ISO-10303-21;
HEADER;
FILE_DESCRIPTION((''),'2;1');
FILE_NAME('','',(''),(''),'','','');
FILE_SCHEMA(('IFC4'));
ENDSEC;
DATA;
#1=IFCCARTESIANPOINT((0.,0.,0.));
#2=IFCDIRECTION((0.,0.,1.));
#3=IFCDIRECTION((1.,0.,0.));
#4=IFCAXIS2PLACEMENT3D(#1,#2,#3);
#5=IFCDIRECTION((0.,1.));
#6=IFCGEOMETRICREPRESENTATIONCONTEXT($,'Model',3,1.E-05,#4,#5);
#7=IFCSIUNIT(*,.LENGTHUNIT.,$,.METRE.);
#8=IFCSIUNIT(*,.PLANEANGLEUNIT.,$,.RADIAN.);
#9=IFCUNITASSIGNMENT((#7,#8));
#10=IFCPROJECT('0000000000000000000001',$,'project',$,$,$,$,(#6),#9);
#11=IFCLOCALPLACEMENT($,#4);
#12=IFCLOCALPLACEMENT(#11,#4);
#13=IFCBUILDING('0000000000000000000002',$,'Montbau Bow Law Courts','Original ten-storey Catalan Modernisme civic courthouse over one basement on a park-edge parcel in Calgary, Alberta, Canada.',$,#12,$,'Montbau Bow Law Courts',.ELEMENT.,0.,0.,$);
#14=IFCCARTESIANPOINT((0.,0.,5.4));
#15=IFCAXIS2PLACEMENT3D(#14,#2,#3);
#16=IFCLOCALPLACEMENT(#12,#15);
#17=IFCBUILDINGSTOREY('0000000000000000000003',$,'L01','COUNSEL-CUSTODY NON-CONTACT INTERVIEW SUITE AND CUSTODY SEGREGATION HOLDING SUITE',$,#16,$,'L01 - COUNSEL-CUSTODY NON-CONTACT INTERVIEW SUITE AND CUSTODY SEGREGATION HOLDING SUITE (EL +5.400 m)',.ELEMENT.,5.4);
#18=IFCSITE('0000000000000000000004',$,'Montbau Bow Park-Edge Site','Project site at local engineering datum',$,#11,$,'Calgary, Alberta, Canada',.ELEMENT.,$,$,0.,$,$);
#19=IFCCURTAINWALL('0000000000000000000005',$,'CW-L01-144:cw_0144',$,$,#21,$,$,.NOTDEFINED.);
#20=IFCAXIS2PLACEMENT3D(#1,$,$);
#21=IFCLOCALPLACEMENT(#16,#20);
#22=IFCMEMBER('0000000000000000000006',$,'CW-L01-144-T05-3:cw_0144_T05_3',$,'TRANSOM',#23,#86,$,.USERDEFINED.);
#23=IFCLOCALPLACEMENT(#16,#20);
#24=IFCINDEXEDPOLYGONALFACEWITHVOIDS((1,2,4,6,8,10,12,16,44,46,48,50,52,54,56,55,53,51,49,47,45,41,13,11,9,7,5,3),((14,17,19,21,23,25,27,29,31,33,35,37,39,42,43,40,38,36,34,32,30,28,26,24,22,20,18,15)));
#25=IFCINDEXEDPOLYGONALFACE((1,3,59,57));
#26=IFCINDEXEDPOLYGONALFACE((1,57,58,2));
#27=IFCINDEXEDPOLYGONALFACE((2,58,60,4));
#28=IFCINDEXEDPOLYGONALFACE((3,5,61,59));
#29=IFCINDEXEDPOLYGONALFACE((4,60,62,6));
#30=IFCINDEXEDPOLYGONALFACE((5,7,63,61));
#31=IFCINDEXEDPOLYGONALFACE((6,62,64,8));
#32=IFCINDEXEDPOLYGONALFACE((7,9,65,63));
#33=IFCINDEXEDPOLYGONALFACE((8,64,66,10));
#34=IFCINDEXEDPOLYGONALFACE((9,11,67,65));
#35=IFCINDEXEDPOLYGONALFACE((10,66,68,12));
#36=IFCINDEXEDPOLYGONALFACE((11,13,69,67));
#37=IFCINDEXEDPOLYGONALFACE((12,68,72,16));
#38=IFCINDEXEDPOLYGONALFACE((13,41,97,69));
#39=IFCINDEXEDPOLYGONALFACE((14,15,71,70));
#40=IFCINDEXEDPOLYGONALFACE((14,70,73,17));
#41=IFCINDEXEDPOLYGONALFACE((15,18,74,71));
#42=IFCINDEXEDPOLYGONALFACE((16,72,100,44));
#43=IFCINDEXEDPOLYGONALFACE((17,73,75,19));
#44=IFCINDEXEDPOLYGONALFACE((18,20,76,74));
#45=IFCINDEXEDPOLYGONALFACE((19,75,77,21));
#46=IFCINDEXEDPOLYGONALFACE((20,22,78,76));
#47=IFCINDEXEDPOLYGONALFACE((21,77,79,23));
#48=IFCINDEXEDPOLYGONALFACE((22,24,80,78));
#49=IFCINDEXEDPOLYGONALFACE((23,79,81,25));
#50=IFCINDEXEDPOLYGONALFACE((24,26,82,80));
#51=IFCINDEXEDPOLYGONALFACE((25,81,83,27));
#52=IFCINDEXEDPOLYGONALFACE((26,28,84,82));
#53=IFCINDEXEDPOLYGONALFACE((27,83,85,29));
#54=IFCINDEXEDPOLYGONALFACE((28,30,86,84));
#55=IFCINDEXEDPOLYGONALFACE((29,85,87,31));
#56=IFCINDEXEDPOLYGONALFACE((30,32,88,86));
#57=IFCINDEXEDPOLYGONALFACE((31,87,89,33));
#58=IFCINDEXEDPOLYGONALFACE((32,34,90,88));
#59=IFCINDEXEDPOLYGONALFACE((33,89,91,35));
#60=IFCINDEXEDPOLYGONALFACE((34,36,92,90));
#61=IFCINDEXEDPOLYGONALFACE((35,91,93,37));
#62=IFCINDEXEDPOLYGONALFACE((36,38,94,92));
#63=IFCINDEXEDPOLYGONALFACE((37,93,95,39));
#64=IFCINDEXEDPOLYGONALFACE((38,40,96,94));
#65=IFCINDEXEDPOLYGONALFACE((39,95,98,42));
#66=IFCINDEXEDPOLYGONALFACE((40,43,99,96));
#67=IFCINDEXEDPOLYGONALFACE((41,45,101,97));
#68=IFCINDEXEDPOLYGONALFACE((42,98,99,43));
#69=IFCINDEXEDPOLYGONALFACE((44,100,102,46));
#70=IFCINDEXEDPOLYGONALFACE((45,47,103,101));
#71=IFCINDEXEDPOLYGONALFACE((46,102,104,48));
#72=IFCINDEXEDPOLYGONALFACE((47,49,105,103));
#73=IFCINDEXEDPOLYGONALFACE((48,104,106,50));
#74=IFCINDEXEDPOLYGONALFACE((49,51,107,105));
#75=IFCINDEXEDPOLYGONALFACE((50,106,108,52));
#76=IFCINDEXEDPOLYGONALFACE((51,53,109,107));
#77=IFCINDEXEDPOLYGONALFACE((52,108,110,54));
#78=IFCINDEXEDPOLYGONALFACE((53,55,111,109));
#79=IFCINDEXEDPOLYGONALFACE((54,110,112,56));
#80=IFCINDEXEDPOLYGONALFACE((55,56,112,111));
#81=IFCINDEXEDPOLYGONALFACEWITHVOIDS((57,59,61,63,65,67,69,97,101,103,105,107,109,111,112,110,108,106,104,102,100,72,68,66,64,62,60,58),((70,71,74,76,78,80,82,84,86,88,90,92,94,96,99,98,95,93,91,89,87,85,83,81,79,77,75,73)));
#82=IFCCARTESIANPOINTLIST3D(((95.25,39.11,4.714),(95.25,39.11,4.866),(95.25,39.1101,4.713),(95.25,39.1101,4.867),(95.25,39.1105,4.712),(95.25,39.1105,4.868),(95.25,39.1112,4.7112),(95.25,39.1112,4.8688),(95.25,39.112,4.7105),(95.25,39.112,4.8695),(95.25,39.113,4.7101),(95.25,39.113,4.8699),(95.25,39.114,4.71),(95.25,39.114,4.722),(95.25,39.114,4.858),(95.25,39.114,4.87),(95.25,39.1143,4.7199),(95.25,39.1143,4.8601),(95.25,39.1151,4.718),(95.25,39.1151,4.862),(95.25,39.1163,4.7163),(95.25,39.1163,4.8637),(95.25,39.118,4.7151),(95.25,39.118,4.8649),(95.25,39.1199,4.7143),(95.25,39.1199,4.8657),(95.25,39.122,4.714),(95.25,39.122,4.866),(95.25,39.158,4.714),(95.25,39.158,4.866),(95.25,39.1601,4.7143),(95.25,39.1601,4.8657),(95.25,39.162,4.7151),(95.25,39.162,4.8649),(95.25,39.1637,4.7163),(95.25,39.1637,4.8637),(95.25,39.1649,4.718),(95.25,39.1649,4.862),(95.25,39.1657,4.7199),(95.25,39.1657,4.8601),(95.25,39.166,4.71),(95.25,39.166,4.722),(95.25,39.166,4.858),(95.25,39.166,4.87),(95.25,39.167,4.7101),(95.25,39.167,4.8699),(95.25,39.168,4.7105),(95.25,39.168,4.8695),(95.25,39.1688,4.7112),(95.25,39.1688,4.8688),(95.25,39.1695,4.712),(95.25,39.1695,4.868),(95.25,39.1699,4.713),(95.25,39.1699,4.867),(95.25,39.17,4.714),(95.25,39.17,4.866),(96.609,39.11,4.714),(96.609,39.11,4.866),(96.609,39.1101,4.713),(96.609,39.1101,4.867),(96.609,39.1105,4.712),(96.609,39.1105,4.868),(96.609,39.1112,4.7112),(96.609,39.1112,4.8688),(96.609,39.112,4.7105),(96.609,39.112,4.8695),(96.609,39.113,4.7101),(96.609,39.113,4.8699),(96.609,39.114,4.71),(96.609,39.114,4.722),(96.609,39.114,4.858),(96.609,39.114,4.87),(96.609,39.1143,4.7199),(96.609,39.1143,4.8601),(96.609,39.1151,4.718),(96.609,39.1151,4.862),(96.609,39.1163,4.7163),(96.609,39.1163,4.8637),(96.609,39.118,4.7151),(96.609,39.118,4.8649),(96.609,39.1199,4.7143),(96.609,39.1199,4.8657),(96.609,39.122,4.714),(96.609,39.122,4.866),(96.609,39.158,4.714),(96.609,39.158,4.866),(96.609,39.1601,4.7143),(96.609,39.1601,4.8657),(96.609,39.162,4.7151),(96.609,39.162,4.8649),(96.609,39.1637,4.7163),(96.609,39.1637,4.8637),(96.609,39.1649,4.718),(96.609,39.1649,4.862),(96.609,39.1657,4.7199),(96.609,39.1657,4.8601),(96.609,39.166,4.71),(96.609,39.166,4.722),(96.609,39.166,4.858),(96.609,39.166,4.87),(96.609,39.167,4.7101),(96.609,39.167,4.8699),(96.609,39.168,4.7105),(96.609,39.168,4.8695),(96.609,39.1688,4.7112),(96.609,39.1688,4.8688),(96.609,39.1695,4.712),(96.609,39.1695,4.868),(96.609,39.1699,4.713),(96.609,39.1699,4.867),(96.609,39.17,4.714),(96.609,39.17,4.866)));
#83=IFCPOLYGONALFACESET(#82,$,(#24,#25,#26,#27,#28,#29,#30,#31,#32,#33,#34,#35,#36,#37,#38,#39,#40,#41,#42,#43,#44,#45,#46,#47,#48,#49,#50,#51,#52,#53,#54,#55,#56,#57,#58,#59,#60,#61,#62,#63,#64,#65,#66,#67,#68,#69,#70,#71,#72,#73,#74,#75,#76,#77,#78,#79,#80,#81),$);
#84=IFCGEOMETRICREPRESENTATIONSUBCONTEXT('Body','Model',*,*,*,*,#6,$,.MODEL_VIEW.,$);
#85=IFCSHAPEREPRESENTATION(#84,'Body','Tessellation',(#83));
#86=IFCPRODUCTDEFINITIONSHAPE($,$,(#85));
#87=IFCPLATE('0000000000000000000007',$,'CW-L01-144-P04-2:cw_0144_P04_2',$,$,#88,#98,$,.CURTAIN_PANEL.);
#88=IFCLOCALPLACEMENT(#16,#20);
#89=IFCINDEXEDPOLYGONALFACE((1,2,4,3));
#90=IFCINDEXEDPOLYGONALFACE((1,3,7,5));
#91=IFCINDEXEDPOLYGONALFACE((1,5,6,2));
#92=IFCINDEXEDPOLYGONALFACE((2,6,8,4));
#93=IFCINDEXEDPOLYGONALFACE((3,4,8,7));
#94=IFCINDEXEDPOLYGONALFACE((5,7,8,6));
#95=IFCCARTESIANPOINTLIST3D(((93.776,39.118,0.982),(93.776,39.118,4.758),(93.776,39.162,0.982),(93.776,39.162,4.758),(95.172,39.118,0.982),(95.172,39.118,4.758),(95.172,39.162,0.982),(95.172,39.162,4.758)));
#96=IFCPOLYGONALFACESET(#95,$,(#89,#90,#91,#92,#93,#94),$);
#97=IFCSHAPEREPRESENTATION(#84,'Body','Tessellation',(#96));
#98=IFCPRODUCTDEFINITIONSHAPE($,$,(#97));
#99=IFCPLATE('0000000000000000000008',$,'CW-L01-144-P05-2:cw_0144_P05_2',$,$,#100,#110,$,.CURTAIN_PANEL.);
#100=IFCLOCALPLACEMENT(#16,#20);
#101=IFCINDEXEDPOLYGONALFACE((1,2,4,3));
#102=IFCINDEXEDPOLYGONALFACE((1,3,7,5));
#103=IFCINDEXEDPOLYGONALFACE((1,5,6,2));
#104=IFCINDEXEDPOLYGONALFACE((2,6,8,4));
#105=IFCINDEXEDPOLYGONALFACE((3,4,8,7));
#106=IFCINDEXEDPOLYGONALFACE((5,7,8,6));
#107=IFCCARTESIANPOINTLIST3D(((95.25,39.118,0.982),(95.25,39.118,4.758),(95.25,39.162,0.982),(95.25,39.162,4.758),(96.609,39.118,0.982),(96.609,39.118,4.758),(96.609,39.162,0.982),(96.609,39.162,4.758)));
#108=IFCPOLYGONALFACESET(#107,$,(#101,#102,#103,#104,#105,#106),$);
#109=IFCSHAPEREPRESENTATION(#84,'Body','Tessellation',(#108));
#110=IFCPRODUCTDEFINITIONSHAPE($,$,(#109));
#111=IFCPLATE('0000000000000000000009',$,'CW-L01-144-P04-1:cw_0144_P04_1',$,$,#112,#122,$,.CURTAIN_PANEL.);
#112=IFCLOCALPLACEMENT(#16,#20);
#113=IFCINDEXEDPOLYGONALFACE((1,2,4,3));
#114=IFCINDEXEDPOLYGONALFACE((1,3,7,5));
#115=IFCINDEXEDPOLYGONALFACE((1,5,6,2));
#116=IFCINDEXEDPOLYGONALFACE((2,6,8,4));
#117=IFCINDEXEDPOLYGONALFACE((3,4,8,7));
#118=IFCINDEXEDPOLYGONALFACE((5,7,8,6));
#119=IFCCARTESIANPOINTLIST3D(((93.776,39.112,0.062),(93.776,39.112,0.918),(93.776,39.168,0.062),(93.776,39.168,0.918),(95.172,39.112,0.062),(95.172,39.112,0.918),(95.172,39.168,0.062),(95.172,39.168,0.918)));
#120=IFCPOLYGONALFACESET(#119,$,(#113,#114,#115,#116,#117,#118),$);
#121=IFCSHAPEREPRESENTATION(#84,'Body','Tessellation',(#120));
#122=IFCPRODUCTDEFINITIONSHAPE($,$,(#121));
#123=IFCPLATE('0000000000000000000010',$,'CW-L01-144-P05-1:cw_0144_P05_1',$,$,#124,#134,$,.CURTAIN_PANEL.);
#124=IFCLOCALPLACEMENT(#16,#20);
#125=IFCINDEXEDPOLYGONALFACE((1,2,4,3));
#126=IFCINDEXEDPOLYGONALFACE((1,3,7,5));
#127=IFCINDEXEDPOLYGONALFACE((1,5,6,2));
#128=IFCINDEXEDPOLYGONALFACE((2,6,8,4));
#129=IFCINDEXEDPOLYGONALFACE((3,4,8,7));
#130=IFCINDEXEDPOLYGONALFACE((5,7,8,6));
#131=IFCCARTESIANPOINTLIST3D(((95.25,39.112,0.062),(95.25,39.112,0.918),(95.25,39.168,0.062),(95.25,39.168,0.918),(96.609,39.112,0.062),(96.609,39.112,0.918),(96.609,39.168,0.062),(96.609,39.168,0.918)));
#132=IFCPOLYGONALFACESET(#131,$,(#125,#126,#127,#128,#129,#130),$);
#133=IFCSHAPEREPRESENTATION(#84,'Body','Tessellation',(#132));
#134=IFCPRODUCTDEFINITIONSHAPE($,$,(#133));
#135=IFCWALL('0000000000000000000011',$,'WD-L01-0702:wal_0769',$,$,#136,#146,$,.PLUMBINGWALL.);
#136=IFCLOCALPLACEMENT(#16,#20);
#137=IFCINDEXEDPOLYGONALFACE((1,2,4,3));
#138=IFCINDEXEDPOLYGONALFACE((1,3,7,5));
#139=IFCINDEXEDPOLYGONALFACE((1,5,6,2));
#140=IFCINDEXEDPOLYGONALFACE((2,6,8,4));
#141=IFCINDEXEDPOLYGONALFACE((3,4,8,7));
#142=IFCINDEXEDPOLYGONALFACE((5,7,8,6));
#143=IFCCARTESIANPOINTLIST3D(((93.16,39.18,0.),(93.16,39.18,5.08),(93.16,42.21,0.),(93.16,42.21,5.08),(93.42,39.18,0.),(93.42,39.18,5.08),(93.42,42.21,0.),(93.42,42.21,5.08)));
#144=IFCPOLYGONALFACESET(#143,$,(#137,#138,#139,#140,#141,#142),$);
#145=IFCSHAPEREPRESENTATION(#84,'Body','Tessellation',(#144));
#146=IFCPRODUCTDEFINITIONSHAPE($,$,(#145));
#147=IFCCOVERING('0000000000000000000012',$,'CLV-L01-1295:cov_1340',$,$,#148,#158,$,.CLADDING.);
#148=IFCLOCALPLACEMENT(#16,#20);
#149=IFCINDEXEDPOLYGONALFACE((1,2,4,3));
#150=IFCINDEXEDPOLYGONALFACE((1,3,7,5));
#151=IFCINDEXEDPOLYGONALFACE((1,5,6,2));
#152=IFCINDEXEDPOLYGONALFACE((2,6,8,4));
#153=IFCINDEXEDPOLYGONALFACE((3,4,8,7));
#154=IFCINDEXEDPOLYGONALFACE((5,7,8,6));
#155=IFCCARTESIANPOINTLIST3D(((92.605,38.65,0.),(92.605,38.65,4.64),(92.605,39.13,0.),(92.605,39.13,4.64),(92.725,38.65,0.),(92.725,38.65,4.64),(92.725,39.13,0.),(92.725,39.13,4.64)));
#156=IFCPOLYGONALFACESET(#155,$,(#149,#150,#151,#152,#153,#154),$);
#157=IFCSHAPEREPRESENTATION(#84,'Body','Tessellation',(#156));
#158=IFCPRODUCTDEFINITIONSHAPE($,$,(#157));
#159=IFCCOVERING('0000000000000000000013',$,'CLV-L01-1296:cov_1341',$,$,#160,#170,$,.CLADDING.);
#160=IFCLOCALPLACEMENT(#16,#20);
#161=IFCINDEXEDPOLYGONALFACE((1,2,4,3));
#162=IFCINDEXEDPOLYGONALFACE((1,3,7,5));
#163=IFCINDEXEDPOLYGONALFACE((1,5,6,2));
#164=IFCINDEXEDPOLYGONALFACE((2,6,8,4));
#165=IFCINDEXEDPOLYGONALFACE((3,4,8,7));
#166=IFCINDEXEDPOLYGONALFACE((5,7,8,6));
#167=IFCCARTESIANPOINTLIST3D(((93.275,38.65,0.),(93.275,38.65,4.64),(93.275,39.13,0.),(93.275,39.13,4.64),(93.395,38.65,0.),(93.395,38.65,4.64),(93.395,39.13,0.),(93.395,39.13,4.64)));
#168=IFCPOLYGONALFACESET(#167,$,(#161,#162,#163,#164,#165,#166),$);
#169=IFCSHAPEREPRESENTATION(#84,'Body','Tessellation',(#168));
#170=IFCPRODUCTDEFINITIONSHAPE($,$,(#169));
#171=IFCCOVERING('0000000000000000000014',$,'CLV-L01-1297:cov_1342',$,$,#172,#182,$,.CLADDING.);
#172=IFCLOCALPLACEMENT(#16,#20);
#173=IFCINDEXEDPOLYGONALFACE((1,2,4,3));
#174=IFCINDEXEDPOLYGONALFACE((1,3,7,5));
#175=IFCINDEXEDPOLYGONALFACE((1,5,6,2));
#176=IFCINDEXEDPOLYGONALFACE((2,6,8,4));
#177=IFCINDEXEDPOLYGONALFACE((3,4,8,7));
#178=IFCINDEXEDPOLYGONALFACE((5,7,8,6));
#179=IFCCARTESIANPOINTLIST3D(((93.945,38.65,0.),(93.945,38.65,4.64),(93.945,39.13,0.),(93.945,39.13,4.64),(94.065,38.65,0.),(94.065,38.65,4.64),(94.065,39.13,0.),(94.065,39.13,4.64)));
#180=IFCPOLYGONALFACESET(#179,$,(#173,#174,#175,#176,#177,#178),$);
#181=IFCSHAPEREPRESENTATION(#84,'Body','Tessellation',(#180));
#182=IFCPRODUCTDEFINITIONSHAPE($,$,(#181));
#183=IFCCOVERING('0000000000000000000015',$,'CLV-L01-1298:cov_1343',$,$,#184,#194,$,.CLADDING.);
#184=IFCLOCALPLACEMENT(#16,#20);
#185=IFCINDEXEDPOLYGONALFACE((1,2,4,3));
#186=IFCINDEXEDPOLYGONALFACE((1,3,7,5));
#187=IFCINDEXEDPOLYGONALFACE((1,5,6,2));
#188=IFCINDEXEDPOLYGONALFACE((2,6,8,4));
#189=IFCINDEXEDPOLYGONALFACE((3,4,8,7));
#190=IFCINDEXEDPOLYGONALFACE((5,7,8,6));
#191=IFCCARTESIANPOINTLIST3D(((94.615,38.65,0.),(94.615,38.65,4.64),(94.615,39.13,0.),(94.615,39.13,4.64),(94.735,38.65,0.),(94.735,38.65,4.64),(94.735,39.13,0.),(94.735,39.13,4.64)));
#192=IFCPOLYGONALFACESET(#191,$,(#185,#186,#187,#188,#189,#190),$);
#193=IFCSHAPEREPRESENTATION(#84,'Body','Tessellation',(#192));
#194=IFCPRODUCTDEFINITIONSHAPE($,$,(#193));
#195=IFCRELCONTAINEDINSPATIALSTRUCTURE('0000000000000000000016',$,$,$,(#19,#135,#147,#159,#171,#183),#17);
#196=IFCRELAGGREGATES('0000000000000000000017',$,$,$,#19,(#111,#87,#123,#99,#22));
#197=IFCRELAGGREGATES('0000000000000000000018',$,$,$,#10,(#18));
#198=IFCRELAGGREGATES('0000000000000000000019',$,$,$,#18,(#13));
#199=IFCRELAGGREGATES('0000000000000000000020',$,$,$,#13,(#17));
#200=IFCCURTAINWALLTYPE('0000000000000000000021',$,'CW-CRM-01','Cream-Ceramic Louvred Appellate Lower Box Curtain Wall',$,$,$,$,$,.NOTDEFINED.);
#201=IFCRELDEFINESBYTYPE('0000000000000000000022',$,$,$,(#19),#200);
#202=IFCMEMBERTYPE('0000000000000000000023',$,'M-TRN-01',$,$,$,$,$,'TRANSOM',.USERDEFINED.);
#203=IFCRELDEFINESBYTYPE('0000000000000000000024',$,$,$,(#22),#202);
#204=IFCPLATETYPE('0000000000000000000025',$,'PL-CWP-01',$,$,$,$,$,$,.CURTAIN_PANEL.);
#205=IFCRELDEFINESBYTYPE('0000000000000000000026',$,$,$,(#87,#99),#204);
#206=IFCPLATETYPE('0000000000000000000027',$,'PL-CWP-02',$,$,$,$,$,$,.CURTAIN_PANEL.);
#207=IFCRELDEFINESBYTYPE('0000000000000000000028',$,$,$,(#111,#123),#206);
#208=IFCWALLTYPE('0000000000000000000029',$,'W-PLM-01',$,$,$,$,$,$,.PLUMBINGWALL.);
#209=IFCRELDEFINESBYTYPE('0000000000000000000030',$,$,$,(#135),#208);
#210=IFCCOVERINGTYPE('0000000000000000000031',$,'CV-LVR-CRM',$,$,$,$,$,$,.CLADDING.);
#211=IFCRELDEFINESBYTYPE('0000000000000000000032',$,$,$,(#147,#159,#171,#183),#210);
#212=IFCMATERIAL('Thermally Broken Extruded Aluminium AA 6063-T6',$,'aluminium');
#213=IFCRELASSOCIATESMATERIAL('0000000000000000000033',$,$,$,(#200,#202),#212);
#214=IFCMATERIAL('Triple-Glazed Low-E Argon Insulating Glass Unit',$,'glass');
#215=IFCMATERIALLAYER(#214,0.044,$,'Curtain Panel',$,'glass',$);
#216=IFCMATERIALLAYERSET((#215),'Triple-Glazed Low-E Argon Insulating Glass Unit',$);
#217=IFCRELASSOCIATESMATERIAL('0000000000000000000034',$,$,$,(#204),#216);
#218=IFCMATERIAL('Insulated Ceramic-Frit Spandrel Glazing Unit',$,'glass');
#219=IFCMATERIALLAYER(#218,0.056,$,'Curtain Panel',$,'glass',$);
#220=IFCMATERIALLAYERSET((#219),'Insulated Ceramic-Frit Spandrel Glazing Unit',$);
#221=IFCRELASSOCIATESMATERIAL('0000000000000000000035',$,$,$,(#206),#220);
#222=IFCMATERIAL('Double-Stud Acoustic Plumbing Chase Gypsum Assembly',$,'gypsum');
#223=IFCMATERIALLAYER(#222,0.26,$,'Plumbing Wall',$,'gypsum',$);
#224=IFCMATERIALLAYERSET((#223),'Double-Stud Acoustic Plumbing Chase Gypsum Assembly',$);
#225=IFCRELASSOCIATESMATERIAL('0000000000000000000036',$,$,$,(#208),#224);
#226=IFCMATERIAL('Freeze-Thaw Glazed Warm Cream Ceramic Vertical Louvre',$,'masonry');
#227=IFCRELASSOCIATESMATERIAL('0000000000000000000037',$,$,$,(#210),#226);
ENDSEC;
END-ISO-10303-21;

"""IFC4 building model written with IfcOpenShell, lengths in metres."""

from ifc_helpers import new_model, si_unit, direction, frame, frame_2d, origin_with_axes, origin_2d_with_axis, place, context, subcontext, project, spatial, rectangle, hollow_rectangle, extrude, material, layer, layer_set, material_profile, profile_set, type_object, element, aggregate, save


model = new_model("IFC4")

# Units and contexts
model_context = context("Model", 3, precision=1e-05, world=origin_with_axes(), true_north=direction((0.0, 1.0)))
body_context = subcontext(model_context, "Body", "Model", "MODEL_VIEW")
ifc_project = project(units=[si_unit("LENGTHUNIT", "METRE"), si_unit("PLANEANGLEUNIT", "RADIAN")], contexts=[model_context])

# Site, building, storey
site_placement = place(None, origin_with_axes())
site = spatial("IfcSite", under=ifc_project, at=site_placement, Name="Montbau Bow Park-Edge Site", Description="Project site at local engineering datum", LongName="Calgary, Alberta, Canada", CompositionType="ELEMENT", RefElevation=0.0)
building_placement = place(site_placement, origin_with_axes())
building = spatial("IfcBuilding", under=site, at=building_placement, Name="Montbau Bow Law Courts", Description="Original ten-storey Catalan Modernisme civic courthouse over one basement on a park-edge parcel in Calgary, Alberta, Canada.", LongName="Montbau Bow Law Courts", CompositionType="ELEMENT", ElevationOfRefHeight=0.0, ElevationOfTerrain=0.0)
storey_placement = place(building_placement, frame((0.0, 0.0, 5.4), z_axis=(0.0, 0.0, 1.0), x_axis=(1.0, 0.0, 0.0)))
storey = spatial("IfcBuildingStorey", under=building, at=storey_placement, Name="L01", Description="COUNSEL-CUSTODY NON-CONTACT INTERVIEW SUITE AND CUSTODY SEGREGATION HOLDING SUITE", LongName="L01 - COUNSEL-CUSTODY NON-CONTACT INTERVIEW SUITE AND CUSTODY SEGREGATION HOLDING SUITE (EL +5.400 m)", CompositionType="ELEMENT", Elevation=5.4)

# Curtain wall, member, plates
ifc_material_1 = material(Name="Thermally Broken Extruded Aluminium AA 6063-T6", Category="aluminium")
curtain_wall_type = type_object("IfcCurtainWallType", Name="CW-CRM-01", Description="Cream-Ceramic Louvred Appellate Lower Box Curtain Wall", PredefinedType="NOTDEFINED", material=ifc_material_1)
curtain_wall_placement = place(None, frame((89.315, 39.14, 5.4), z_axis=(0.0, 0.0, 1.0), x_axis=(1.0, 0.0, 0.0)))
curtain_wall = element("IfcCurtainWall", 1, at=curtain_wall_placement, inside=storey, type_object=curtain_wall_type, Name="CW-L01-144:cw_0144", PredefinedType="NOTDEFINED")
ifc_material_profile_1 = material_profile(ifc_material_1, hollow_rectangle(XDim=0.06, YDim=0.16, WallThickness=0.004, InnerFilletRadius=0.008, OuterFilletRadius=0.004, at=origin_2d_with_axis()), Name="CWT-160X60", Category="Main", Priority=0)
ifc_profile_set_1 = profile_set([ifc_material_profile_1], Name="Thermally Broken Extruded Aluminium AA 6063-T6")
member_type_1 = type_object("IfcMemberType", Name="M-TRN-01", ElementType="TRANSOM", PredefinedType="USERDEFINED", material=ifc_profile_set_1)
member_1_placement = place(None, frame((95.25, 39.14, 10.19), z_axis=(1.0, 0.0, 0.0), x_axis=(0.0, 1.0, 0.0)))
member_1 = element("IfcMember", 2, at=member_1_placement, type_object=member_type_1, Name="CW-L01-144-T05-3:cw_0144_T05_3", ObjectType="TRANSOM", PredefinedType="USERDEFINED", context=body_context, shape_type="SweptSolid", body=[
    extrude(hollow_rectangle(XDim=0.06, YDim=0.16, WallThickness=0.004, InnerFilletRadius=0.008, OuterFilletRadius=0.004, at=origin_2d_with_axis()), origin_with_axes(), (0.0, 0.0, 1.0), 1.359),
])
ifc_material_2 = material(Name="Triple-Glazed Low-E Argon Insulating Glass Unit", Category="glass")
ifc_layer_1 = layer(ifc_material_2, 0.044, Name="Curtain Panel", Category="glass")
ifc_layer_set_1 = layer_set([ifc_layer_1], Name="Triple-Glazed Low-E Argon Insulating Glass Unit")
plate_type_1 = type_object("IfcPlateType", Name="PL-CWP-01", PredefinedType="CURTAIN_PANEL", material=ifc_layer_set_1)
plate_1_placement = place(None, frame((93.776, 39.14, 6.382), z_axis=(0.0, -1.0, 0.0), x_axis=(1.0, 0.0, 0.0)))
plate_1 = element("IfcPlate", 3, at=plate_1_placement, type_object=plate_type_1, Name="CW-L01-144-P04-2:cw_0144_P04_2", PredefinedType="CURTAIN_PANEL", context=body_context, shape_type="SweptSolid", body=[
    extrude(rectangle(XDim=1.396, YDim=3.776, at=frame_2d((0.698, 1.888), x_axis=(1.0, 0.0))), frame((0.0, 0.0, -0.022), z_axis=(0.0, 0.0, 1.0), x_axis=(1.0, 0.0, 0.0)), (0.0, 0.0, 1.0), 0.044),
])
plate_2_placement = place(None, frame((95.25, 39.14, 6.382), z_axis=(0.0, -1.0, 0.0), x_axis=(1.0, 0.0, 0.0)))
plate_2 = element("IfcPlate", 4, at=plate_2_placement, type_object=plate_type_1, Name="CW-L01-144-P05-2:cw_0144_P05_2", PredefinedType="CURTAIN_PANEL", context=body_context, shape_type="SweptSolid", body=[
    extrude(rectangle(XDim=1.359, YDim=3.776, at=frame_2d((0.6795, 1.888), x_axis=(1.0, 0.0))), frame((0.0, 0.0, -0.022), z_axis=(0.0, 0.0, 1.0), x_axis=(1.0, 0.0, 0.0)), (0.0, 0.0, 1.0), 0.044),
])
ifc_material_3 = material(Name="Insulated Ceramic-Frit Spandrel Glazing Unit", Category="glass")
ifc_layer_2 = layer(ifc_material_3, 0.056, Name="Curtain Panel", Category="glass")
ifc_layer_set_2 = layer_set([ifc_layer_2], Name="Insulated Ceramic-Frit Spandrel Glazing Unit")
plate_type_2 = type_object("IfcPlateType", Name="PL-CWP-02", PredefinedType="CURTAIN_PANEL", material=ifc_layer_set_2)
plate_3_placement = place(None, frame((93.776, 39.14, 5.462), z_axis=(0.0, -1.0, 0.0), x_axis=(1.0, 0.0, 0.0)))
plate_3 = element("IfcPlate", 5, at=plate_3_placement, type_object=plate_type_2, Name="CW-L01-144-P04-1:cw_0144_P04_1", PredefinedType="CURTAIN_PANEL", context=body_context, shape_type="SweptSolid", body=[
    extrude(rectangle(XDim=1.396, YDim=0.856, at=frame_2d((0.698, 0.428), x_axis=(1.0, 0.0))), frame((0.0, 0.0, -0.028), z_axis=(0.0, 0.0, 1.0), x_axis=(1.0, 0.0, 0.0)), (0.0, 0.0, 1.0), 0.056),
])
plate_4_placement = place(None, frame((95.25, 39.14, 5.462), z_axis=(0.0, -1.0, 0.0), x_axis=(1.0, 0.0, 0.0)))
plate_4 = element("IfcPlate", 6, at=plate_4_placement, type_object=plate_type_2, Name="CW-L01-144-P05-1:cw_0144_P05_1", PredefinedType="CURTAIN_PANEL", context=body_context, shape_type="SweptSolid", body=[
    extrude(rectangle(XDim=1.359, YDim=0.856, at=frame_2d((0.6795, 0.428), x_axis=(1.0, 0.0))), frame((0.0, 0.0, -0.028), z_axis=(0.0, 0.0, 1.0), x_axis=(1.0, 0.0, 0.0)), (0.0, 0.0, 1.0), 0.056),
])
aggregate(curtain_wall, [plate_3, plate_1, plate_4, plate_2, member_1])

# Wall
ifc_material_4 = material(Name="Double-Stud Acoustic Plumbing Chase Gypsum Assembly", Category="gypsum")
ifc_layer_3 = layer(ifc_material_4, 0.26, Name="Plumbing Wall", Category="gypsum")
ifc_layer_set_3 = layer_set([ifc_layer_3], Name="Double-Stud Acoustic Plumbing Chase Gypsum Assembly")
wall_type = type_object("IfcWallType", Name="W-PLM-01", PredefinedType="PLUMBINGWALL", material=ifc_layer_set_3)
wall_placement = place(None, frame((93.29, 39.18, 5.4), z_axis=(0.0, 0.0, 1.0), x_axis=(0.0, 1.0, 0.0)))
element("IfcWall", 7, at=wall_placement, inside=storey, type_object=wall_type, Name="WD-L01-0702:wal_0769", PredefinedType="PLUMBINGWALL", context=body_context, shape_type="SweptSolid", body=[
    extrude(rectangle(XDim=3.03, YDim=0.26, at=frame_2d((1.515, 0.0), x_axis=(1.0, 0.0))), origin_with_axes(), (0.0, 0.0, 1.0), 5.08),
])

# Coverings
ifc_material_5 = material(Name="Freeze-Thaw Glazed Warm Cream Ceramic Vertical Louvre", Category="masonry")
covering_type = type_object("IfcCoveringType", Name="CV-LVR-CRM", PredefinedType="CLADDING", material=ifc_material_5)
for number, where, z_axis, x_axis, name in (
    (8, (92.665, 39.13, 5.4), (-1.0, 0.0, 0.0), (0.0, -1.0, 0.0), "CLV-L01-1295:cov_1340"),
    (9, (93.335, 39.13, 5.4), (-1.0, 0.0, 0.0), (0.0, -1.0, 0.0), "CLV-L01-1296:cov_1341"),
    (10, (94.005, 39.13, 5.4), (-1.0, 0.0, 0.0), (0.0, -1.0, 0.0), "CLV-L01-1297:cov_1342"),
    (11, (94.675, 39.13, 5.4), (-1.0, 0.0, 0.0), (0.0, -1.0, 0.0), "CLV-L01-1298:cov_1343"),
):
    element("IfcCovering", number, at=place(None, frame(where, z_axis=z_axis, x_axis=x_axis)), inside=storey, type_object=covering_type, Name=name, PredefinedType="CLADDING", context=body_context, shape_type="SweptSolid", body=[
        extrude(rectangle(XDim=0.48, YDim=4.64, at=frame_2d((0.24, 2.32), x_axis=(1.0, 0.0))), frame((0.0, 0.0, -0.06), z_axis=(0.0, 0.0, 1.0), x_axis=(1.0, 0.0, 0.0)), (0.0, 0.0, 1.0), 0.12),
    ])

save(model, "model.ifc")
